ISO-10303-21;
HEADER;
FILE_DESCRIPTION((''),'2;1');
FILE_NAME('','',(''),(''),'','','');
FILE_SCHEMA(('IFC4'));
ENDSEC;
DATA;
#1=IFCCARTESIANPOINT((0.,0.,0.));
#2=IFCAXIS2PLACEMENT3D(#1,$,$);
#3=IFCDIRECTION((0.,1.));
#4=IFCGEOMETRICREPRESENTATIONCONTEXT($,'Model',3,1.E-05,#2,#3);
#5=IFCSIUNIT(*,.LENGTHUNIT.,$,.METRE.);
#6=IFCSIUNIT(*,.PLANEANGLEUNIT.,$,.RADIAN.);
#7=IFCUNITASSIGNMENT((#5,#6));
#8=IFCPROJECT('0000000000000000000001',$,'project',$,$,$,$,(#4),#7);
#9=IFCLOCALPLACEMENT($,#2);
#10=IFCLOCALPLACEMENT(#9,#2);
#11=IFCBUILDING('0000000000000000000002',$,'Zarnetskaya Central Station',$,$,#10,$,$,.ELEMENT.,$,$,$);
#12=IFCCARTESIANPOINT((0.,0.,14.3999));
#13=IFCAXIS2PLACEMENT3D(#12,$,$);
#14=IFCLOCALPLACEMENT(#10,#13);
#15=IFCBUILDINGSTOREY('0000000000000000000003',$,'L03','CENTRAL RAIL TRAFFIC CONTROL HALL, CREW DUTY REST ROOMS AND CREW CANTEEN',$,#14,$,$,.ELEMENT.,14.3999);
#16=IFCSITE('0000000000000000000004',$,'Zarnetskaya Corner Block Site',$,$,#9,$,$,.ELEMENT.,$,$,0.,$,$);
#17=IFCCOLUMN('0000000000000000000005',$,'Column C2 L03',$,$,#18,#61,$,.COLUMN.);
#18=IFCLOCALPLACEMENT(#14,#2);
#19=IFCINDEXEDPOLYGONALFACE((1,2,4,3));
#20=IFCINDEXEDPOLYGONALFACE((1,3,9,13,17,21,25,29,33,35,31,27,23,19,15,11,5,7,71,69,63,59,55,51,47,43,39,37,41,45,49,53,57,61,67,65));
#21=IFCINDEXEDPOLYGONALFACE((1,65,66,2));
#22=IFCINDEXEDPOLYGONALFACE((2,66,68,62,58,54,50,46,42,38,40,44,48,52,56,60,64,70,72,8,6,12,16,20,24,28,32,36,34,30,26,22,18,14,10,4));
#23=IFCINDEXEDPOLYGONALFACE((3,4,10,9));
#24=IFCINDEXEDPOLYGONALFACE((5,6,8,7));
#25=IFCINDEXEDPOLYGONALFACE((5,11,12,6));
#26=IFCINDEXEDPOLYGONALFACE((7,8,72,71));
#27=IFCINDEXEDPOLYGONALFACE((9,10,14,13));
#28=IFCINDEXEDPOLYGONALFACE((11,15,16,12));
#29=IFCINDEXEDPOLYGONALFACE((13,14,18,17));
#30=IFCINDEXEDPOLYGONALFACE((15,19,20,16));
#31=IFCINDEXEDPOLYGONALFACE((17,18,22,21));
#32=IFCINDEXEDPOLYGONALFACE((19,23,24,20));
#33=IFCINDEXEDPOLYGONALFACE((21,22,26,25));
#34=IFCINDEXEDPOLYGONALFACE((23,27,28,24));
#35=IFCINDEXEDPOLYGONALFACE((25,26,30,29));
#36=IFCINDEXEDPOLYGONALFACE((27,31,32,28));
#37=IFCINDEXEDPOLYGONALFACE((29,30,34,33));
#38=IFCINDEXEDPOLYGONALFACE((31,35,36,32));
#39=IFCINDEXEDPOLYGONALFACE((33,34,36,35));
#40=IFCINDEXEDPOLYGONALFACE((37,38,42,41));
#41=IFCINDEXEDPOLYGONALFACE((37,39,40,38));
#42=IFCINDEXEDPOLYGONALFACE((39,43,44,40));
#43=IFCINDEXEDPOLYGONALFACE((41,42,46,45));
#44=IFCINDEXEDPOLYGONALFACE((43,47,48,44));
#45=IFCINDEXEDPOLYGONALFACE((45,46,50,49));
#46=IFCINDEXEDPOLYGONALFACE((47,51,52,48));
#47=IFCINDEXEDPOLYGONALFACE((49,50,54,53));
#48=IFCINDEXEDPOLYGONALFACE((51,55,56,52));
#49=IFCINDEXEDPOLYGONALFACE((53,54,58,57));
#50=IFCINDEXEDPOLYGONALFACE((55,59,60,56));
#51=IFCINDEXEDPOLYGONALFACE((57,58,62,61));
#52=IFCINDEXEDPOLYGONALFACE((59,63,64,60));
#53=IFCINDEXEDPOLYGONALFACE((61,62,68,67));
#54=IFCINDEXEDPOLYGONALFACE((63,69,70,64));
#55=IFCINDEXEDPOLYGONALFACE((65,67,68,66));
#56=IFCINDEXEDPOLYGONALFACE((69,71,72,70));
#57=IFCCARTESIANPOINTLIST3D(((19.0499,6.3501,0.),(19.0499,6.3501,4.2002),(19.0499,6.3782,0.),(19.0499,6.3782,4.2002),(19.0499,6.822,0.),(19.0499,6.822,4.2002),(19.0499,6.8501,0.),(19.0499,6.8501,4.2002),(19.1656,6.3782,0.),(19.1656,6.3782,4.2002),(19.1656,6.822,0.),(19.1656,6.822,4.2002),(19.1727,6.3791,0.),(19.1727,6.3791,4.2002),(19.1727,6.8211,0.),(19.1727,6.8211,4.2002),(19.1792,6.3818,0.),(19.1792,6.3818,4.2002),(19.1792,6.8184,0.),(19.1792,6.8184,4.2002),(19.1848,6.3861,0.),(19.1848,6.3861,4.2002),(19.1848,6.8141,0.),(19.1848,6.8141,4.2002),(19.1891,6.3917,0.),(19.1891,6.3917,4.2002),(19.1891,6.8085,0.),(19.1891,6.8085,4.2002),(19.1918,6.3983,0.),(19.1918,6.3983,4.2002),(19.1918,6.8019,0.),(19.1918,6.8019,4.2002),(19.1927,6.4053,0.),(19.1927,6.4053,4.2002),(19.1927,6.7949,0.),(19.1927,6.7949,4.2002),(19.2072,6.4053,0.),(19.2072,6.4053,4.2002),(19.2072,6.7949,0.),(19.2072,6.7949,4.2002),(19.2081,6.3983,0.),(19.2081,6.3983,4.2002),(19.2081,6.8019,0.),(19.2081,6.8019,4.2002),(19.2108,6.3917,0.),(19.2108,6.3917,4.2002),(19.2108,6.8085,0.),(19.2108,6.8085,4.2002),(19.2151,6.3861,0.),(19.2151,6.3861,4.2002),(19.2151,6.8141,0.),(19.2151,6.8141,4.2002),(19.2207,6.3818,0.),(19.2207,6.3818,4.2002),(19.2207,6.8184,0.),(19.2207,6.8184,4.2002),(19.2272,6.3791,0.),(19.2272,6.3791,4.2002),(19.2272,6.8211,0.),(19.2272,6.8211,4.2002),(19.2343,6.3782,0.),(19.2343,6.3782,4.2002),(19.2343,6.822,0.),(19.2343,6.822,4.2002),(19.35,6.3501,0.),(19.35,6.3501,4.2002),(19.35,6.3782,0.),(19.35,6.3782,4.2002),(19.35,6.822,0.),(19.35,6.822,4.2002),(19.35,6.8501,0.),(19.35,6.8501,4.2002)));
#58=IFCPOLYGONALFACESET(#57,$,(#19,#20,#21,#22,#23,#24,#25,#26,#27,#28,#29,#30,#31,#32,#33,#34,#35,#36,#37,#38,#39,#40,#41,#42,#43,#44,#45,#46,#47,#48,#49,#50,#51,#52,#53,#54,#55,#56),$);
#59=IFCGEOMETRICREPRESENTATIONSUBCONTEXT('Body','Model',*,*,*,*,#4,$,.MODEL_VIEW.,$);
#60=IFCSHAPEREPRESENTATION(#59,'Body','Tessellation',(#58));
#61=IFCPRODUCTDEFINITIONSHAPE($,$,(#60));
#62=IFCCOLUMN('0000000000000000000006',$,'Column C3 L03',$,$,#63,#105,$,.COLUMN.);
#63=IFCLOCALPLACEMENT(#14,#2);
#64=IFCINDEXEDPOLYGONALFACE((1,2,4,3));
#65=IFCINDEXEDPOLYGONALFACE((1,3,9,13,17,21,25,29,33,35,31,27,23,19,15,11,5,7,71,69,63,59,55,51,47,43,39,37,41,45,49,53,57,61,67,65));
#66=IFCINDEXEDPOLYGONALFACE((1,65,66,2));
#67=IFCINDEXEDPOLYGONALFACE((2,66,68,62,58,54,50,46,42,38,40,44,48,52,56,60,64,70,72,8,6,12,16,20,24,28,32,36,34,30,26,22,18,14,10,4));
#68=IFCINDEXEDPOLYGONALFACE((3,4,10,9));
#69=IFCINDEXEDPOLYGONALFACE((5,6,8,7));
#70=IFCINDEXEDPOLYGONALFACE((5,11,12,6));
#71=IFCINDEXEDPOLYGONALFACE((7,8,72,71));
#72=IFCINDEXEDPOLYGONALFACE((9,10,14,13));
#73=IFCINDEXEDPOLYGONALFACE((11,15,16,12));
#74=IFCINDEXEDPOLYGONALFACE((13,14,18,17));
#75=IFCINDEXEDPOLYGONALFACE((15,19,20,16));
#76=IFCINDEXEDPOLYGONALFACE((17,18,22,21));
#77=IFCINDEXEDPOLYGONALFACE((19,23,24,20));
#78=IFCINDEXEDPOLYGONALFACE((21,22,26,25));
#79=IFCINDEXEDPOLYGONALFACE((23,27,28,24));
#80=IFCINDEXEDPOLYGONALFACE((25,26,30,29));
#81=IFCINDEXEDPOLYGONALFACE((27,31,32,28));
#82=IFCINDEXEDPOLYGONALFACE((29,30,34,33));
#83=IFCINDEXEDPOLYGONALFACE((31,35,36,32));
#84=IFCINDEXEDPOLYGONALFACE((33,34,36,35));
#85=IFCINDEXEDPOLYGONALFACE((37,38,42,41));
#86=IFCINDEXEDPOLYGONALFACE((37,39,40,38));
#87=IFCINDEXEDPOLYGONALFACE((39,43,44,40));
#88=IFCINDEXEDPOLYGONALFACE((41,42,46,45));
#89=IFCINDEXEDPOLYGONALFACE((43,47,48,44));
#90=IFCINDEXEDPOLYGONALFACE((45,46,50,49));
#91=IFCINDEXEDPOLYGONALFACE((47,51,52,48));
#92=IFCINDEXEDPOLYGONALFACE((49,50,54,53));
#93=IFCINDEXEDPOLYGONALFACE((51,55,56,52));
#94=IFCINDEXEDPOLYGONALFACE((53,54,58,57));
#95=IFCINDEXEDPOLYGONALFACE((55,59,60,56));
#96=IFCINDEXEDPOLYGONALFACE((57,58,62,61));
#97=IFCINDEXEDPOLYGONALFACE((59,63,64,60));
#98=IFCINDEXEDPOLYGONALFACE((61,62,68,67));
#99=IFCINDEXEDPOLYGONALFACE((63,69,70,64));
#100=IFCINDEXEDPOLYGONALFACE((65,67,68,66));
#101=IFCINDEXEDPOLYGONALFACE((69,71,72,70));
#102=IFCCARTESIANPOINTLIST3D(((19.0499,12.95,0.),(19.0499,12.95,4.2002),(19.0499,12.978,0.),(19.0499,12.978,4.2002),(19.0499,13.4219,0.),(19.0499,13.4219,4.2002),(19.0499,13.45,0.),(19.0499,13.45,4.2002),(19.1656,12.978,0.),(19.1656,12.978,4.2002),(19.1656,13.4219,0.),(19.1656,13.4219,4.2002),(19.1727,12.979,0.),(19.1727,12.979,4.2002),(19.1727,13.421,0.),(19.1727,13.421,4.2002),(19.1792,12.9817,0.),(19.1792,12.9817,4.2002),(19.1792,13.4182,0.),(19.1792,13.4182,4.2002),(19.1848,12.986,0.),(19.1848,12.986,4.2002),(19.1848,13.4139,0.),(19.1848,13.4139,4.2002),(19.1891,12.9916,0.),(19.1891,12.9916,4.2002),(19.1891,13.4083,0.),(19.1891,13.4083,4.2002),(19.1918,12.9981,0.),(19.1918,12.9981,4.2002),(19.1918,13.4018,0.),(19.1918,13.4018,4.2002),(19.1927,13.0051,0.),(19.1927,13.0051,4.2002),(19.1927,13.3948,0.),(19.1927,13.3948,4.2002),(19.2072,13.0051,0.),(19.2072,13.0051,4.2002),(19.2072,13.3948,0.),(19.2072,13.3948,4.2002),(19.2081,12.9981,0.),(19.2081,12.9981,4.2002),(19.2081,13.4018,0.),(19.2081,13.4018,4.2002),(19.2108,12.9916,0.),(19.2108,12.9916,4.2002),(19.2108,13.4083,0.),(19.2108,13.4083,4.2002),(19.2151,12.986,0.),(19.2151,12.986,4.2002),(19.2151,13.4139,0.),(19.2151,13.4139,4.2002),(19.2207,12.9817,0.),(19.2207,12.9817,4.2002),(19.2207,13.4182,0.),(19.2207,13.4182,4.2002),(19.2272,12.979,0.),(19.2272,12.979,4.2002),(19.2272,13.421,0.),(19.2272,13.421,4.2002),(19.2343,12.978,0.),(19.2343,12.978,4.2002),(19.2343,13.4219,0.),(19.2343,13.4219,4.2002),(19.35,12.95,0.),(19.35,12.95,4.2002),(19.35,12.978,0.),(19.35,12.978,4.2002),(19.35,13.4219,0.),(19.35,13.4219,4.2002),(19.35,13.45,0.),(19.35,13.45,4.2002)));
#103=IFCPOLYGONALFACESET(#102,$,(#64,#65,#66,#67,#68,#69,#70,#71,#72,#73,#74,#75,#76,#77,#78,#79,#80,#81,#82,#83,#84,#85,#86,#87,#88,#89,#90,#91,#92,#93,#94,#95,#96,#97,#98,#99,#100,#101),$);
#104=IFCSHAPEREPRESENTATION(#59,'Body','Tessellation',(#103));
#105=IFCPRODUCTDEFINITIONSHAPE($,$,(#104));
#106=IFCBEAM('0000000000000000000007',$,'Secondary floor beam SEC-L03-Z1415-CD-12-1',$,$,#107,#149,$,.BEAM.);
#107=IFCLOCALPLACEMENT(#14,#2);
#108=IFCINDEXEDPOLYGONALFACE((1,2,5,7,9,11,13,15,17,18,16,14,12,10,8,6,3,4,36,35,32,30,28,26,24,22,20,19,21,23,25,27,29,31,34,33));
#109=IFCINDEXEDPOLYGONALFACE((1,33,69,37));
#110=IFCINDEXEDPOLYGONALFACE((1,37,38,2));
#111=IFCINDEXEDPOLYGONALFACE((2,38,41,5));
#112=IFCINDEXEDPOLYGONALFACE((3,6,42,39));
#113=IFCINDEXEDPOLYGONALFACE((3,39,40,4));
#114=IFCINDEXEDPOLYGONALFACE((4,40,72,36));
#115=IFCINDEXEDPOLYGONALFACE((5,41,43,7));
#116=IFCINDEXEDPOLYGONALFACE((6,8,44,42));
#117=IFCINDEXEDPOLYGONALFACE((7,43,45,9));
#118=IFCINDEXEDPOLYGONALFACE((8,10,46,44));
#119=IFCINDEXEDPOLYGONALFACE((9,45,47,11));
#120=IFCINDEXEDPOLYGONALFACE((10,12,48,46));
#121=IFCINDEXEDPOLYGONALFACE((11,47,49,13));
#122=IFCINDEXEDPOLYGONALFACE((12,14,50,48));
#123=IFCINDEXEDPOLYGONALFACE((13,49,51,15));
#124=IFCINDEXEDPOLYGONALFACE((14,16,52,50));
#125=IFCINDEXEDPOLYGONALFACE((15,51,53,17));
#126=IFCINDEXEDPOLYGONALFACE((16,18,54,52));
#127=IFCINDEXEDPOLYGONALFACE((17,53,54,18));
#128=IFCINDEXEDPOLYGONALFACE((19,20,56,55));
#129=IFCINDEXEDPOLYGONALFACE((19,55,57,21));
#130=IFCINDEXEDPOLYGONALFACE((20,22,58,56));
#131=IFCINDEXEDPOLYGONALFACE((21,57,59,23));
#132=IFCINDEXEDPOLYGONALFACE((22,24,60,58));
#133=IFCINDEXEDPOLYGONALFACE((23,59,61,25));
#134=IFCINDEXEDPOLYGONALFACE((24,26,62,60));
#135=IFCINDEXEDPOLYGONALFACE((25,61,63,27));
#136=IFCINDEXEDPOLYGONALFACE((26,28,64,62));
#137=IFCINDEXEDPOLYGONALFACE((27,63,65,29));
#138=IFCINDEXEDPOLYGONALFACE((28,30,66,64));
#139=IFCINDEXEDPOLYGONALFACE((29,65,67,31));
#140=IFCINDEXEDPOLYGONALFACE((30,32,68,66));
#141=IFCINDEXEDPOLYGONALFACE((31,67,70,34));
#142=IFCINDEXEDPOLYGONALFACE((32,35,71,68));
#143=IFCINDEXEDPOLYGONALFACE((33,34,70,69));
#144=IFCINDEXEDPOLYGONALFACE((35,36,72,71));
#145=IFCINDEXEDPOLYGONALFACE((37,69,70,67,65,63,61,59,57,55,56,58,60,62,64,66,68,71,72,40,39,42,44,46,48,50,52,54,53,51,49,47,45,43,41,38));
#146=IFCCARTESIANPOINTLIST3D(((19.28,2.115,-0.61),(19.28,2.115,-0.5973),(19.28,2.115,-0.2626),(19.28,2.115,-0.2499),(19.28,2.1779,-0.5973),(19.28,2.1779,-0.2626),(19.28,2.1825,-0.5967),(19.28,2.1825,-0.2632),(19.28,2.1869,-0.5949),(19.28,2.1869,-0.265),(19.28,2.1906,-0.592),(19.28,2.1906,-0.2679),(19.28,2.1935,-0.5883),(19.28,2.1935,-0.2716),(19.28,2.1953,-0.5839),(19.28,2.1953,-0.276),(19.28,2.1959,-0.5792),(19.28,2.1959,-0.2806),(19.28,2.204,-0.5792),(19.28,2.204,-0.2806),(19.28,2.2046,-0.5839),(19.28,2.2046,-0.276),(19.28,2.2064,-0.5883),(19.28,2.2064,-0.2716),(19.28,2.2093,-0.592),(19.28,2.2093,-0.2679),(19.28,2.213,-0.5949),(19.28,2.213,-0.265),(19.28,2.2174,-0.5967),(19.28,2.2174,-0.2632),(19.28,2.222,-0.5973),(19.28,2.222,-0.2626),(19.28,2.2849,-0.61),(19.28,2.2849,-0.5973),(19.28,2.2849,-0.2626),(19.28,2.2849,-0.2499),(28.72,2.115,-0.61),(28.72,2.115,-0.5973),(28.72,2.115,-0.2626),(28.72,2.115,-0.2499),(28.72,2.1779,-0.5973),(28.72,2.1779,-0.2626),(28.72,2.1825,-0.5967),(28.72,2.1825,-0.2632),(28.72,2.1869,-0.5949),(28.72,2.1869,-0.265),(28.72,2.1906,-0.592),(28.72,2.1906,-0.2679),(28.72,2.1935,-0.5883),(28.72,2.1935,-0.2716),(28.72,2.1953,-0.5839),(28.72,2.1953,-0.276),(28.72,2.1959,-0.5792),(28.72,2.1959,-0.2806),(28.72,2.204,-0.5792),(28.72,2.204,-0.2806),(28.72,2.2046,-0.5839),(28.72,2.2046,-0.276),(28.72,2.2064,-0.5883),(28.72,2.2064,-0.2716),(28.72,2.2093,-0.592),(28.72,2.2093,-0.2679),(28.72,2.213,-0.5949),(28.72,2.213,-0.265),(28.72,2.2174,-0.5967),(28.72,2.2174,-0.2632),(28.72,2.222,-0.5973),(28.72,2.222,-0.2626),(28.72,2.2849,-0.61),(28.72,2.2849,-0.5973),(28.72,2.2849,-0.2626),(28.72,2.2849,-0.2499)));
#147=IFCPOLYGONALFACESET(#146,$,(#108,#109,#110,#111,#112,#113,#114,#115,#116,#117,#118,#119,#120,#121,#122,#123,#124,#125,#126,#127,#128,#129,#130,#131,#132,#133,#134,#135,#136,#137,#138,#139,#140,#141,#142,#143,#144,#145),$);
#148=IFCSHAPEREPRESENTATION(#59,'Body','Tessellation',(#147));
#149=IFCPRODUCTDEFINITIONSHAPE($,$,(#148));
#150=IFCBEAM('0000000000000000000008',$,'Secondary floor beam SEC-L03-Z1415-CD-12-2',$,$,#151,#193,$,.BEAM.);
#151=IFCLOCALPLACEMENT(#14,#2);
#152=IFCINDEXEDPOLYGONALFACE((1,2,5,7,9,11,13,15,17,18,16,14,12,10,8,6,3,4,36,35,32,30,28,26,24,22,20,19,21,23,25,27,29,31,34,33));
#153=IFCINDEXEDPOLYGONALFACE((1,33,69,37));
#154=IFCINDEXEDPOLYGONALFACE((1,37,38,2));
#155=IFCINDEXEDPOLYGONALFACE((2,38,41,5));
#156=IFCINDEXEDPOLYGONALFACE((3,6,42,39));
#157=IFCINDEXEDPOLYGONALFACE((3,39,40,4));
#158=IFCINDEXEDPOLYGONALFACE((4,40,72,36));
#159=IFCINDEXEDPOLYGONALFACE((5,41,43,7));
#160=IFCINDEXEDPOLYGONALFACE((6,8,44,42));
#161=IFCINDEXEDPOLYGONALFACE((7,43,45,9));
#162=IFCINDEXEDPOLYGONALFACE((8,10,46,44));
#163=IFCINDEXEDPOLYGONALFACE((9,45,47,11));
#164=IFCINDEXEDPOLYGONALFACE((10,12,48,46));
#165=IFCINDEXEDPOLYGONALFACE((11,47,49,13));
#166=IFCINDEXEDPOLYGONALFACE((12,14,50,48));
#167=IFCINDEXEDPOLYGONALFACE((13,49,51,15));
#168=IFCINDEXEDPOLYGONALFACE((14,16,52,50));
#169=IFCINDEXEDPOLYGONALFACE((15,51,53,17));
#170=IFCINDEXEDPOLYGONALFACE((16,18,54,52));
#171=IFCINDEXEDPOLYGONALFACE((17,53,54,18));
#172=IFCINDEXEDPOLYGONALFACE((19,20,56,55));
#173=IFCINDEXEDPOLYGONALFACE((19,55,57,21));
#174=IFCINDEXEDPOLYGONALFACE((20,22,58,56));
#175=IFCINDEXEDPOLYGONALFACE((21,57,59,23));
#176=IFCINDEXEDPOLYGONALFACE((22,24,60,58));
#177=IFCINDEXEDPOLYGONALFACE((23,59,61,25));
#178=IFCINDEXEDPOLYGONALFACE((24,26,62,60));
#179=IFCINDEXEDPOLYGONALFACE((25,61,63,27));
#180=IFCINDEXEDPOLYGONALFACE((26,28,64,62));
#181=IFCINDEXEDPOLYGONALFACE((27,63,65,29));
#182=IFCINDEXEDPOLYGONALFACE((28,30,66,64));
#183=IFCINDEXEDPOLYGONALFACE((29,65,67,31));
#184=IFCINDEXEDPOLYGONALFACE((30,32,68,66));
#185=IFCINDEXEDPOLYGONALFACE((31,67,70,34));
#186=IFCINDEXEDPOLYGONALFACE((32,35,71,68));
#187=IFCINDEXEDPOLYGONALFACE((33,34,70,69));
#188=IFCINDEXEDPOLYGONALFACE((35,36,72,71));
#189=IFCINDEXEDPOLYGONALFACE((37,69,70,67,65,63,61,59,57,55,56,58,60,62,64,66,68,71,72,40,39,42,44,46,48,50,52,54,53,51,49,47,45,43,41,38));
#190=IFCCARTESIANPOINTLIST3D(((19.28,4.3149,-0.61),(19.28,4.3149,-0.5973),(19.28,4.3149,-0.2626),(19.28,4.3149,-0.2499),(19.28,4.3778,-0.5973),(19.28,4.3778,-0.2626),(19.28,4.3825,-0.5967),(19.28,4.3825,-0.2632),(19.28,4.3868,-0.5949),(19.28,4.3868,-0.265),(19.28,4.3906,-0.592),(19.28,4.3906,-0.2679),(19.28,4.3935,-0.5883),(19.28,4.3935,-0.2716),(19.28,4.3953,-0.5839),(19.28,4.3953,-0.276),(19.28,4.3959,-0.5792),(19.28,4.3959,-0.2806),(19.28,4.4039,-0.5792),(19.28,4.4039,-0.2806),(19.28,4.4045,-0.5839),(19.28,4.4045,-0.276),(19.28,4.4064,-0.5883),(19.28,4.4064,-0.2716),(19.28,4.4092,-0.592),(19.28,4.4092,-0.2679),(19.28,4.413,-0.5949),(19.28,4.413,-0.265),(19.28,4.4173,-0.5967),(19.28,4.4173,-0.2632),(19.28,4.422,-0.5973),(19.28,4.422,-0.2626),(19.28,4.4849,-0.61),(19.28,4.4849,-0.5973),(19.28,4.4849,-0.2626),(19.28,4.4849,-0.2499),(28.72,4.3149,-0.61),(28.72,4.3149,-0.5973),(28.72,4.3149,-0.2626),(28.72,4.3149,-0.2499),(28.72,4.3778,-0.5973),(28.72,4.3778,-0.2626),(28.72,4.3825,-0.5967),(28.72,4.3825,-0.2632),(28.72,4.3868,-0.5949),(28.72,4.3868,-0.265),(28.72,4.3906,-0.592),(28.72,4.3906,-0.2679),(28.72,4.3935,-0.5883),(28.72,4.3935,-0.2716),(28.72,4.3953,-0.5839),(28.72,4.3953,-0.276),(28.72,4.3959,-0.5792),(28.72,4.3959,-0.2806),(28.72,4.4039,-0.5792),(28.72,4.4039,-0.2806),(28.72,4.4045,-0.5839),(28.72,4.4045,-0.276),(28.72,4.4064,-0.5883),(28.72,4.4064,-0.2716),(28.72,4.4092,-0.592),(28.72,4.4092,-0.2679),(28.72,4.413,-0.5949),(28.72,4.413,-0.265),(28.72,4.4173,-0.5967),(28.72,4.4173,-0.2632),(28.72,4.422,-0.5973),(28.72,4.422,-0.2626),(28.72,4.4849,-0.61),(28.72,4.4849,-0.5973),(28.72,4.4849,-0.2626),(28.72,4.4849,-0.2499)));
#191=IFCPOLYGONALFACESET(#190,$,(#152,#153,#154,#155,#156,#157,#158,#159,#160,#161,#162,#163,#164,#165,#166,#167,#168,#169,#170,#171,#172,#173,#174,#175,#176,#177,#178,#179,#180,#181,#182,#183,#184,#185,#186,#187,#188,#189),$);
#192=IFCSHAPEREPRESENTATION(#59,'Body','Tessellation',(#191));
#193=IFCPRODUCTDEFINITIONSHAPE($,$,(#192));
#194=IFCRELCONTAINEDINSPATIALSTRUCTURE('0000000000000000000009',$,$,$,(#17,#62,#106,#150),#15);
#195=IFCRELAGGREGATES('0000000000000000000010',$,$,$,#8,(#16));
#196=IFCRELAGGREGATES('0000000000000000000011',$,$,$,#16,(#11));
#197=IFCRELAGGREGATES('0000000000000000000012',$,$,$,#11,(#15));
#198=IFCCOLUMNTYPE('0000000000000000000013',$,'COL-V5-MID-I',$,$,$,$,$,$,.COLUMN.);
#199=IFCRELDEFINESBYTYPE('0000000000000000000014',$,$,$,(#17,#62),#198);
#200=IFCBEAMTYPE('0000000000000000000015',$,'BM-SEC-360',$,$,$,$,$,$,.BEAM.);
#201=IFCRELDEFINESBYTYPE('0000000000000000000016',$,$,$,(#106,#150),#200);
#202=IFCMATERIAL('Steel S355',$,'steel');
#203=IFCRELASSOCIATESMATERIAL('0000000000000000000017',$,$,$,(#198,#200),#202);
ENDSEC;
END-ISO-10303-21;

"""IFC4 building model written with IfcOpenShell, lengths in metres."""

from ifc_helpers import new_model, si_unit, direction, frame, origin, origin_2d, place, context, subcontext, project, spatial, i_section, extrude, material, material_profile, profile_set, type_object, element, save


model = new_model("IFC4")

# Units and contexts
model_context = context("Model", 3, precision=1e-05, world=origin(), true_north=direction((0.0, 1.0)))
body_context = subcontext(model_context, "Body", "Model", "MODEL_VIEW")
ifc_project = project(units=[si_unit("LENGTHUNIT", "METRE"), si_unit("PLANEANGLEUNIT", "RADIAN")], contexts=[model_context])

# Site, building, storey
site_placement = place(None, origin())
site = spatial("IfcSite", under=ifc_project, at=site_placement, Name="Zarnetskaya Corner Block Site", CompositionType="ELEMENT", RefElevation=0.0)
building_placement = place(site_placement, origin())
building = spatial("IfcBuilding", under=site, at=building_placement, Name="Zarnetskaya Central Station", CompositionType="ELEMENT")
storey_placement = place(building_placement, frame((0.0, 0.0, 14.3999)))
storey = spatial("IfcBuildingStorey", under=building, at=storey_placement, Name="L03", Description="CENTRAL RAIL TRAFFIC CONTROL HALL, CREW DUTY REST ROOMS AND CREW CANTEEN", CompositionType="ELEMENT", Elevation=14.3999)

# Columns
ifc_material_1 = material(Name="Steel S355", Category="steel")
ifc_material_profile_1 = material_profile(ifc_material_1, i_section(OverallWidth=0.3, OverallDepth=0.5, WebThickness=0.0144, FlangeThickness=0.0281, FilletRadius=0.0271, at=origin_2d()), Name="HEB 500")
ifc_profile_set_1 = profile_set([ifc_material_profile_1], Name="Steel S355")
column_type = type_object("IfcColumnType", Name="COL-V5-MID-I", PredefinedType="COLUMN", material=ifc_profile_set_1)
for number, where, z_axis, x_axis, name in (
    (1, (19.2, 6.6001, 0.0), (0.0, 0.0, 1.0), (1.0, 0.0, 0.0), "Column C2 L03"),
    (2, (19.2, 13.2, 0.0), (0.0, 0.0, 1.0), (1.0, 0.0, 0.0), "Column C3 L03"),
):
    element("IfcColumn", number, at=place(storey_placement, frame(where, z_axis=z_axis, x_axis=x_axis)), inside=storey, type_object=column_type, Name=name, PredefinedType="COLUMN", context=body_context, shape_type="SweptSolid", body=[
        extrude(i_section(OverallWidth=0.3, OverallDepth=0.5, WebThickness=0.0144, FlangeThickness=0.0281, FilletRadius=0.0271, at=origin_2d()), origin(), (0.0, 0.0, 1.0), 4.2002),
    ])

# Beams
ifc_material_profile_2 = material_profile(ifc_material_1, i_section(OverallWidth=0.1699, OverallDepth=0.3601, WebThickness=0.0081, FlangeThickness=0.0127, FilletRadius=0.0181, at=origin_2d()), Name="IPE 360")
ifc_profile_set_2 = profile_set([ifc_material_profile_2], Name="Steel S355")
beam_type_1 = type_object("IfcBeamType", Name="BM-SEC-360", PredefinedType="BEAM", material=ifc_profile_set_2)
for number, where, z_axis, x_axis, name in (
    (3, (19.28, 2.2, -0.4299), (1.0, 0.0, 0.0), (0.0, 1.0, 0.0), "Secondary floor beam SEC-L03-Z1415-CD-12-1"),
    (4, (19.28, 4.3999, -0.4299), (1.0, 0.0, 0.0), (0.0, 1.0, 0.0), "Secondary floor beam SEC-L03-Z1415-CD-12-2"),
):
    element("IfcBeam", number, at=place(storey_placement, frame(where, z_axis=z_axis, x_axis=x_axis)), inside=storey, type_object=beam_type_1, Name=name, PredefinedType="BEAM", context=body_context, shape_type="SweptSolid", body=[
        extrude(i_section(OverallWidth=0.1699, OverallDepth=0.3601, WebThickness=0.0081, FlangeThickness=0.0127, FilletRadius=0.0181, at=origin_2d()), origin(), (0.0, 0.0, 1.0), 9.4399),
    ])

save(model, "model.ifc")
